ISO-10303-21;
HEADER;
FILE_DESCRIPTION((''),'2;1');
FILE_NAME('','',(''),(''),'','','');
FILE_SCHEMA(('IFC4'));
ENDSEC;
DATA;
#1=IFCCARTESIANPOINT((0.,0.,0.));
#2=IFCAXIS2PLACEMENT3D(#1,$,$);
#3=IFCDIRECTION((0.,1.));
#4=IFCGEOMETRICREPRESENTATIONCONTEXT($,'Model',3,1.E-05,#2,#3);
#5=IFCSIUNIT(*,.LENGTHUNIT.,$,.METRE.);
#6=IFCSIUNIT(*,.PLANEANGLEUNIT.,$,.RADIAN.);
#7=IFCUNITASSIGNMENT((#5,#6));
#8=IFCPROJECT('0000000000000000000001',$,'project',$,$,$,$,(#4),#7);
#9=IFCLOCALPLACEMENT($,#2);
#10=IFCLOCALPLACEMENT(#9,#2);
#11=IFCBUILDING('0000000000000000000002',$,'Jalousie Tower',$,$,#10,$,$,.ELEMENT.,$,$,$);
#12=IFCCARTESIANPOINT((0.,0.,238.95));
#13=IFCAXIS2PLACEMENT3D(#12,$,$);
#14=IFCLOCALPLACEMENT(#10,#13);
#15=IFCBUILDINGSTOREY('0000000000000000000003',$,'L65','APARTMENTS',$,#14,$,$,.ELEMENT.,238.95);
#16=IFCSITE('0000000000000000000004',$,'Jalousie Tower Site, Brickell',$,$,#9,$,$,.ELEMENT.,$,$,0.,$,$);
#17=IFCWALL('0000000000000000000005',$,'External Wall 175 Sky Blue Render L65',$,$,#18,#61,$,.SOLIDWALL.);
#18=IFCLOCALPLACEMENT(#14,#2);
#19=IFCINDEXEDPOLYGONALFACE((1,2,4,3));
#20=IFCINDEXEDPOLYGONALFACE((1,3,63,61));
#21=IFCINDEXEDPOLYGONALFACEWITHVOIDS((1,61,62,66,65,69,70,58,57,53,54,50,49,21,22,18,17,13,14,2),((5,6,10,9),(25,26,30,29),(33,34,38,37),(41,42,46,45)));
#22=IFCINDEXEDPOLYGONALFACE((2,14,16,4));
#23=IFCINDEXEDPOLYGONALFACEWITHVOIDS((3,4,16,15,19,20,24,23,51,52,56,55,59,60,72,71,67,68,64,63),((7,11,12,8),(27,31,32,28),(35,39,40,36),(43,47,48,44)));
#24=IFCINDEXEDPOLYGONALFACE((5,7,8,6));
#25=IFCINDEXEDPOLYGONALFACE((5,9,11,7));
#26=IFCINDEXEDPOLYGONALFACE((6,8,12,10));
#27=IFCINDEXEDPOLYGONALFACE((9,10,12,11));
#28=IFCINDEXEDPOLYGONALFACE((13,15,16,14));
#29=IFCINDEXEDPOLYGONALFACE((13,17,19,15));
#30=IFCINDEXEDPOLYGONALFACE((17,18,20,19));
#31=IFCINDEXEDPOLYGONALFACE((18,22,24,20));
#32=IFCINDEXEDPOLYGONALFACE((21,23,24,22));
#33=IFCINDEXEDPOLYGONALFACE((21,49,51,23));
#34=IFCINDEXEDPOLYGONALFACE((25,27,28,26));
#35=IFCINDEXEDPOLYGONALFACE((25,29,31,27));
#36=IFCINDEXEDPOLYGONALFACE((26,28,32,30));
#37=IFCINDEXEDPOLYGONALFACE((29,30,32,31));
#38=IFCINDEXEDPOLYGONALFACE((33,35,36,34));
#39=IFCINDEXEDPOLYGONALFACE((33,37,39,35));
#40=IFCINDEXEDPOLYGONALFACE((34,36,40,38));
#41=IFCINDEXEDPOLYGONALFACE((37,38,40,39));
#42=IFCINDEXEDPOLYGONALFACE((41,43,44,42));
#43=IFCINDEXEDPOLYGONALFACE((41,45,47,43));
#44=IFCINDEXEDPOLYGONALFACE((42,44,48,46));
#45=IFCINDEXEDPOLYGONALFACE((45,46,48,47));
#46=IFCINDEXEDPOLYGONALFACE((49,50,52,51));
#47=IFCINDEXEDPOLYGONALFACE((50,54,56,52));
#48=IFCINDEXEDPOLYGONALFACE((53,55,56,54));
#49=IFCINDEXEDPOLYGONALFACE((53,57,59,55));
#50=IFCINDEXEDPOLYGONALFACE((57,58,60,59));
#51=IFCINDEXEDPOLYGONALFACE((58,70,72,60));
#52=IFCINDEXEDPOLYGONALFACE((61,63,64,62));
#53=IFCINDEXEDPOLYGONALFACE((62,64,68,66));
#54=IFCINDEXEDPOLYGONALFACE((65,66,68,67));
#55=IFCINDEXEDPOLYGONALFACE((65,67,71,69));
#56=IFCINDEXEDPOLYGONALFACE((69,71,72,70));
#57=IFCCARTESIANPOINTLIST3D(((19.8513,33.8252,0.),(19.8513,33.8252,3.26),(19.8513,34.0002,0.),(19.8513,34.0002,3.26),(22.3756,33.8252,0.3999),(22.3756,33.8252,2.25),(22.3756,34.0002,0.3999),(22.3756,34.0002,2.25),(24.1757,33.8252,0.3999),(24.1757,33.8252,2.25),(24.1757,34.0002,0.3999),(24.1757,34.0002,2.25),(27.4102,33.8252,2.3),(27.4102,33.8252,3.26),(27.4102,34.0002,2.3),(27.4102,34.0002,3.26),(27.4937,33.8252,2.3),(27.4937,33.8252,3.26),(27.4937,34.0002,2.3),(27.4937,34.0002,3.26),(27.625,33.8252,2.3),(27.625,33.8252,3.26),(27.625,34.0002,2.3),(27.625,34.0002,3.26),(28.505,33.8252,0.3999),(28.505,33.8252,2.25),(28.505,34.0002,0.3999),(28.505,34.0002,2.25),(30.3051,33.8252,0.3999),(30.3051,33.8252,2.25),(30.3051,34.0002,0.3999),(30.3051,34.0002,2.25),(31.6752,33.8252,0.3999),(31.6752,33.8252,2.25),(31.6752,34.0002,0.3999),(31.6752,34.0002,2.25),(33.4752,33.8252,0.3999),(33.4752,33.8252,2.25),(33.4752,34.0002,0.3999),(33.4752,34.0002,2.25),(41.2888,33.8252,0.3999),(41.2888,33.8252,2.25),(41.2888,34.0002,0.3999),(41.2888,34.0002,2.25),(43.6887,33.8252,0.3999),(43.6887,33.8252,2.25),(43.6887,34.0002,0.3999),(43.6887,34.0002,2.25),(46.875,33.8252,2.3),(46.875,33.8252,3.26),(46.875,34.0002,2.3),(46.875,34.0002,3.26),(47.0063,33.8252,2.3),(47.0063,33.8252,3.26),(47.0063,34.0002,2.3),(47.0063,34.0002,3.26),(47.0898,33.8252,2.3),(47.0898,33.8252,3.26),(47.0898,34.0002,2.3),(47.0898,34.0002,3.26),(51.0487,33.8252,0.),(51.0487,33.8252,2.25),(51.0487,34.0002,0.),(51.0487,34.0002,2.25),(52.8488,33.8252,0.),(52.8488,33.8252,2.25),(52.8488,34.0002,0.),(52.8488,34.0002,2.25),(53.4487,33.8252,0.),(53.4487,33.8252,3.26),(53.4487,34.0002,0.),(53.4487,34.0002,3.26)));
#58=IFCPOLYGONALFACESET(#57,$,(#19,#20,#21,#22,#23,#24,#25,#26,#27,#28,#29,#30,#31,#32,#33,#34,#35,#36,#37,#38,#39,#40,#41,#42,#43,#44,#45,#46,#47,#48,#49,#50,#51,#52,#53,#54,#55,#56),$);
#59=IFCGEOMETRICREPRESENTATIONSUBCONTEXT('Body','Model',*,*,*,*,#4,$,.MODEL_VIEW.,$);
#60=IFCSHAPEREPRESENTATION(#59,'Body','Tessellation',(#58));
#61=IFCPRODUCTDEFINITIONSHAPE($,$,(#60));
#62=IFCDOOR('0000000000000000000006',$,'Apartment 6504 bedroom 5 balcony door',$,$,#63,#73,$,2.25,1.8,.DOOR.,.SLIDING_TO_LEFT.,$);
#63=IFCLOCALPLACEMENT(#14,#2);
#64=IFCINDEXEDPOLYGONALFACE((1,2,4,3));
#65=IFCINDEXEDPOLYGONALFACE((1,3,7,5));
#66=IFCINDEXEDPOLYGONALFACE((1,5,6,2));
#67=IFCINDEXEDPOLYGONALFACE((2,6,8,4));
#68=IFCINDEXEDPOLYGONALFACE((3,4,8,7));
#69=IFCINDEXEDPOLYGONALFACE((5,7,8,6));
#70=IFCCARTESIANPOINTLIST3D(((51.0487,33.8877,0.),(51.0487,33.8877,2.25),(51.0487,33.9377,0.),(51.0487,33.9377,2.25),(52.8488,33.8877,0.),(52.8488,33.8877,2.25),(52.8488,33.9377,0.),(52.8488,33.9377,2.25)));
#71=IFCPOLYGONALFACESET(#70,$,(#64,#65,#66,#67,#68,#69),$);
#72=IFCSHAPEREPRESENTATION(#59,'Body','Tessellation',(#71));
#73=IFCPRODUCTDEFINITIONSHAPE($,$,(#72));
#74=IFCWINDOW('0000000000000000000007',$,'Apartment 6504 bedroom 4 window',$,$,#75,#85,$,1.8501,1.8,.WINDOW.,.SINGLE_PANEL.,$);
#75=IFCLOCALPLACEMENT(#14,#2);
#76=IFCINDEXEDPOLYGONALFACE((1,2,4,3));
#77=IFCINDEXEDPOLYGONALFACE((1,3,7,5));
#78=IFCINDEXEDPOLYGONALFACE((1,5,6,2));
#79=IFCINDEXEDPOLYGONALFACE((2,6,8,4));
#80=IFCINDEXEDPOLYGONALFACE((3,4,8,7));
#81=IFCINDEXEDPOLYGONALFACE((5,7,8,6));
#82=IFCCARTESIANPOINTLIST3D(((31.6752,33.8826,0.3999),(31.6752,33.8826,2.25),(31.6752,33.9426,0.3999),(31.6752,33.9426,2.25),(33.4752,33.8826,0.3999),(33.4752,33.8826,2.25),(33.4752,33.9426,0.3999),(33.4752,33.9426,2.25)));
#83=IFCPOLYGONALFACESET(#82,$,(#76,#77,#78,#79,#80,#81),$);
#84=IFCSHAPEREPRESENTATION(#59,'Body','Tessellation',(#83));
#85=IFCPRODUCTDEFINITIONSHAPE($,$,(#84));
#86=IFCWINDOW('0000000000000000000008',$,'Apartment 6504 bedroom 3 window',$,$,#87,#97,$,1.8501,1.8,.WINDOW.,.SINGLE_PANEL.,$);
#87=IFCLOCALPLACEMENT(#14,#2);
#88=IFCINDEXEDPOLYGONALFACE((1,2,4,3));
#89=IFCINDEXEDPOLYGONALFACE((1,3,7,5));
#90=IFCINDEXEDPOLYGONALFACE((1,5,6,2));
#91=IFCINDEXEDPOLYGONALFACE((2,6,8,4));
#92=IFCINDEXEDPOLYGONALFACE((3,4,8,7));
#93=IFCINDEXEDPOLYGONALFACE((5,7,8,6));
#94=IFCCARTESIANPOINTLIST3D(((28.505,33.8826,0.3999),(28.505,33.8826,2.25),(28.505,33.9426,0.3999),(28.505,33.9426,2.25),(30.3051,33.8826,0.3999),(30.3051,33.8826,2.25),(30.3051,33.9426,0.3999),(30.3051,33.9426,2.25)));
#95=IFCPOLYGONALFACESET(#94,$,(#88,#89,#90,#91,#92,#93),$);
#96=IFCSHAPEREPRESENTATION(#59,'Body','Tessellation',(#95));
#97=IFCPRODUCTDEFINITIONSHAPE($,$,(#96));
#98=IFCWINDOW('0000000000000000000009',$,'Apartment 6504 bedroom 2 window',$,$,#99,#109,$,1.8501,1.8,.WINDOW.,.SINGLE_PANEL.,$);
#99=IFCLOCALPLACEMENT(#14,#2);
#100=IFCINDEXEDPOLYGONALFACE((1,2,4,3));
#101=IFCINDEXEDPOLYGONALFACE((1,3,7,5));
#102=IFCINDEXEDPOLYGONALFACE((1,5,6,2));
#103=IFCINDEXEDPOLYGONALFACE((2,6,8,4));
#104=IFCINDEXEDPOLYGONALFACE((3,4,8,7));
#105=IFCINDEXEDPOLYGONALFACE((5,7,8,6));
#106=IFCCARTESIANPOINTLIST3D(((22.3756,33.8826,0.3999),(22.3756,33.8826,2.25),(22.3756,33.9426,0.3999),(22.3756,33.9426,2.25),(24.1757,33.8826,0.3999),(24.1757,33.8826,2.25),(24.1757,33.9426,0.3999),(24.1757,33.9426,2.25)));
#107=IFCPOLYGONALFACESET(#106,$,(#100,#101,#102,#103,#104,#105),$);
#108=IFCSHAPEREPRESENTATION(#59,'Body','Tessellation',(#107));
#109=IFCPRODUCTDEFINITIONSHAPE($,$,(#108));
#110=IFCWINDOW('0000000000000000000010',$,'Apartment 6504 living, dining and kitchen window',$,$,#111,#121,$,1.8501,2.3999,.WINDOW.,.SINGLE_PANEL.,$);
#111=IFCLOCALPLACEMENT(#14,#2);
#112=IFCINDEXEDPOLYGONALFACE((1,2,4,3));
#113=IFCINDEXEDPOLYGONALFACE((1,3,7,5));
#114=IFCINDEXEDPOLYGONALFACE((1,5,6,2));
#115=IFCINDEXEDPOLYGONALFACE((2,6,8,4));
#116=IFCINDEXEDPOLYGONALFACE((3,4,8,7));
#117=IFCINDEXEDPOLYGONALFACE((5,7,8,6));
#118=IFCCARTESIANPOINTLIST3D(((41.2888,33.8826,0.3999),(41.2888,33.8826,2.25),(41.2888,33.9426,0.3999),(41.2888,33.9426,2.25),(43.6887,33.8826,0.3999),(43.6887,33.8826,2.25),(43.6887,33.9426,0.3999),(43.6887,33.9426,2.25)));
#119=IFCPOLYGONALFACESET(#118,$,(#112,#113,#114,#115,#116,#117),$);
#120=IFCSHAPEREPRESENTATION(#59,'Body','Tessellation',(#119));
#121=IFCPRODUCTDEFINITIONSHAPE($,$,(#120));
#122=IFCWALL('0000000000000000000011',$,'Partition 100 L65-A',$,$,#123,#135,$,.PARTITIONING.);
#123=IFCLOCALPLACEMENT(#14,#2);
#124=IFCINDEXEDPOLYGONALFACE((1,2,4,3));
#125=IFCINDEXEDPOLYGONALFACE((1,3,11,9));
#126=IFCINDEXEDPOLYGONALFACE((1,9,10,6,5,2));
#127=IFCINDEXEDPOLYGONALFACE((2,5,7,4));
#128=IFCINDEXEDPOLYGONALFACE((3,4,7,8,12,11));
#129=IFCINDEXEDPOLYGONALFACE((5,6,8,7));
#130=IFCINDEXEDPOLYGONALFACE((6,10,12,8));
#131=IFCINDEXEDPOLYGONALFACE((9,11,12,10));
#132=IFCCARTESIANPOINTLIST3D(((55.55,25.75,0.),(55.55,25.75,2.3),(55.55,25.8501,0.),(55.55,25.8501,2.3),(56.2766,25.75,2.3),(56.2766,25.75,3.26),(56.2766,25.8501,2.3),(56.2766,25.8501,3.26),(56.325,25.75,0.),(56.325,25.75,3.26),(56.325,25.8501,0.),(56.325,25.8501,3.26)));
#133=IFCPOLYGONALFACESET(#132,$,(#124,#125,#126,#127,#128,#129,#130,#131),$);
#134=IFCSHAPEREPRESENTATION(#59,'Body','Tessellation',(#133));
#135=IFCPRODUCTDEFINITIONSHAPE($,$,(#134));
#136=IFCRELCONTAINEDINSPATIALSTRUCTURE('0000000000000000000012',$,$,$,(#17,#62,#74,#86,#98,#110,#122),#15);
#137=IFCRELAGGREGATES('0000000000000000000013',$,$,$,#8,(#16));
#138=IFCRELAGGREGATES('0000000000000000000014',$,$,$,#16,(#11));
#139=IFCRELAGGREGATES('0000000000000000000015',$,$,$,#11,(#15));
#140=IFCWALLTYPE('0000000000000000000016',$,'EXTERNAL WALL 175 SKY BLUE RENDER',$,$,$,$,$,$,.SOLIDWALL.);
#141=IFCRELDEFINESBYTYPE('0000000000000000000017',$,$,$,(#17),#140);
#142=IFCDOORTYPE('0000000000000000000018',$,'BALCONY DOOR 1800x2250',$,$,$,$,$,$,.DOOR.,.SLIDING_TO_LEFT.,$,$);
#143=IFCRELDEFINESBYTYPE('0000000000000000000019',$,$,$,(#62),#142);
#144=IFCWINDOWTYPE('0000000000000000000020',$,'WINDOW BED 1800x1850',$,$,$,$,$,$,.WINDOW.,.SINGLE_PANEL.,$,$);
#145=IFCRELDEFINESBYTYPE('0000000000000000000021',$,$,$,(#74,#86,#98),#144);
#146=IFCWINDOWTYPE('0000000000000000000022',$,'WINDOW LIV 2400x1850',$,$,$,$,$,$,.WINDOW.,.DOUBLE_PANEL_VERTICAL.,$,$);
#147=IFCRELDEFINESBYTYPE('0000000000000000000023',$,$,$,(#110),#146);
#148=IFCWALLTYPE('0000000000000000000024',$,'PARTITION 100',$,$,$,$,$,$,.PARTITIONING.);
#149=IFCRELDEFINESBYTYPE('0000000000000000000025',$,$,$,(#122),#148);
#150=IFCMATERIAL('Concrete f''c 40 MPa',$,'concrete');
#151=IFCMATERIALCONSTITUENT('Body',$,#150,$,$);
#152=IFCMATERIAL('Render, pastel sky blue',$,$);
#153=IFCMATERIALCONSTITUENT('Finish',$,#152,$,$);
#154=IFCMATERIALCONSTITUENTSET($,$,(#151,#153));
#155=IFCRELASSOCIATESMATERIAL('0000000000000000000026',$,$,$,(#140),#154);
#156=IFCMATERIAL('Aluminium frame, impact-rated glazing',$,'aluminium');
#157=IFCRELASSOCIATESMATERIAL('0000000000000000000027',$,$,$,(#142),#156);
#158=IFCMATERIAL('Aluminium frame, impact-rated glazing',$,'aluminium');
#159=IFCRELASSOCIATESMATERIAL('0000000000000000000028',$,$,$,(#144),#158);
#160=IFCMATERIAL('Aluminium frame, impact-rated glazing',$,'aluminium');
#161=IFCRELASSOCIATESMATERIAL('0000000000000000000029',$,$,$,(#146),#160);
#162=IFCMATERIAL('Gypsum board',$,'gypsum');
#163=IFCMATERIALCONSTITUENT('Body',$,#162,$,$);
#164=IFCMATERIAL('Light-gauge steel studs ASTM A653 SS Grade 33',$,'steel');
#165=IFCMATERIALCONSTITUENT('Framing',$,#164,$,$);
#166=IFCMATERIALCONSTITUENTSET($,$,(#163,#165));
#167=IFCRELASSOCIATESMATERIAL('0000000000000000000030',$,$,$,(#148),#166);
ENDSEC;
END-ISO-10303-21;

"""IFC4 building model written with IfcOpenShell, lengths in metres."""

from ifc_helpers import new_model, si_unit, direction, frame, frame_2d, origin, place, context, subcontext, project, spatial, polyline, rectangle, outline, extrude, material, constituent, constituent_set, type_object, element, fill, save


model = new_model("IFC4")

# Units and contexts
model_context = context("Model", 3, precision=1e-05, world=origin(), true_north=direction((0.0, 1.0)))
body_context = subcontext(model_context, "Body", "Model", "MODEL_VIEW")
ifc_project = project(units=[si_unit("LENGTHUNIT", "METRE"), si_unit("PLANEANGLEUNIT", "RADIAN")], contexts=[model_context])

# Site, building, storey
site_placement = place(None, origin())
site = spatial("IfcSite", under=ifc_project, at=site_placement, Name="Jalousie Tower Site, Brickell", CompositionType="ELEMENT", RefElevation=0.0)
building_placement = place(site_placement, origin())
building = spatial("IfcBuilding", under=site, at=building_placement, Name="Jalousie Tower", CompositionType="ELEMENT")
storey_placement = place(building_placement, frame((0.0, 0.0, 238.95)))
storey = spatial("IfcBuildingStorey", under=building, at=storey_placement, Name="L65", Description="APARTMENTS", CompositionType="ELEMENT", Elevation=238.95)

# Wall, openings, door, windows
ifc_material_1 = material(Name="Concrete f'c 40 MPa", Category="concrete")
ifc_constituent_1 = constituent(ifc_material_1, Name="Body")
ifc_material_2 = material(Name="Render, pastel sky blue")
ifc_constituent_2 = constituent(ifc_material_2, Name="Finish")
ifc_constituent_set_1 = constituent_set(constituents=[ifc_constituent_1, ifc_constituent_2])
wall_type_1 = type_object("IfcWallType", Name="EXTERNAL WALL 175 SKY BLUE RENDER", PredefinedType="SOLIDWALL", material=ifc_constituent_set_1)
wall_1_placement = place(storey_placement, frame((53.4487, 33.9126, 0.0), z_axis=(0.0, 0.0, 1.0), x_axis=(-1.0, 0.0, 0.0)))
wall_1 = element("IfcWall", 1, at=wall_1_placement, inside=storey, type_object=wall_type_1, Name="External Wall 175 Sky Blue Render L65", PredefinedType="SOLIDWALL", context=body_context, shape_type="SweptSolid", body=[
    extrude(outline(polyline([(0.0, 0.0), (33.5974, 0.0), (33.5974, 3.26), (26.0386, 3.26), (26.0386, 2.3), (25.9551, 2.3), (25.9551, 3.26), (25.8237, 3.26), (25.8237, 2.3), (6.5737, 2.3), (6.5737, 3.26), (6.4424, 3.26), (6.4424, 2.3), (6.3589, 2.3), (6.3589, 3.26), (0.0, 3.26), (0.0, 0.0)])), frame((0.0, 0.0874, 0.0), z_axis=(0.0, -1.0, 0.0), x_axis=(1.0, 0.0, 0.0)), (0.0, 0.0, 1.0), 0.175),
])
opening_1_placement = place(wall_1_placement, frame((0.6001, 0.0, 0.0)))
opening_1 = element("IfcOpeningElement", 2, at=opening_1_placement, cuts=wall_1, PredefinedType="OPENING", context=body_context, shape_type="SweptSolid", body=[
    extrude(rectangle(XDim=1.8, YDim=2.25, at=frame_2d((0.8999, 1.125))), frame((0.0, 0.0974, 0.0), z_axis=(0.0, -1.0, 0.0), x_axis=(1.0, 0.0, 0.0)), (0.0, 0.0, 1.0), 0.1951),
])
opening_2_placement = place(wall_1_placement, frame((9.76, 0.0, 0.3999)))
opening_2 = element("IfcOpeningElement", 3, at=opening_2_placement, cuts=wall_1, PredefinedType="OPENING", context=body_context, shape_type="SweptSolid", body=[
    extrude(rectangle(XDim=2.3999, YDim=1.8501, at=frame_2d((1.2, 0.925))), frame((0.0, 0.0974, 0.0), z_axis=(0.0, -1.0, 0.0), x_axis=(1.0, 0.0, 0.0)), (0.0, 0.0, 1.0), 0.1951),
])
opening_3_placement = place(wall_1_placement, frame((19.9736, 0.0, 0.3999)))
opening_3 = element("IfcOpeningElement", 4, at=opening_3_placement, cuts=wall_1, PredefinedType="OPENING", context=body_context, shape_type="SweptSolid", body=[
    extrude(rectangle(XDim=1.8, YDim=1.8501, at=frame_2d((0.8999, 0.925))), frame((0.0, 0.0974, 0.0), z_axis=(0.0, -1.0, 0.0), x_axis=(1.0, 0.0, 0.0)), (0.0, 0.0, 1.0), 0.1951),
])
opening_4_placement = place(wall_1_placement, frame((23.1438, 0.0, 0.3999)))
opening_4 = element("IfcOpeningElement", 5, at=opening_4_placement, cuts=wall_1, PredefinedType="OPENING", context=body_context, shape_type="SweptSolid", body=[
    extrude(rectangle(XDim=1.8, YDim=1.8501, at=frame_2d((0.8999, 0.925))), frame((0.0, 0.0974, 0.0), z_axis=(0.0, -1.0, 0.0), x_axis=(1.0, 0.0, 0.0)), (0.0, 0.0, 1.0), 0.1951),
])
opening_5_placement = place(wall_1_placement, frame((29.2732, 0.0, 0.3999)))
opening_5 = element("IfcOpeningElement", 6, at=opening_5_placement, cuts=wall_1, PredefinedType="OPENING", context=body_context, shape_type="SweptSolid", body=[
    extrude(rectangle(XDim=1.8, YDim=1.8501, at=frame_2d((0.8999, 0.925))), frame((0.0, 0.0974, 0.0), z_axis=(0.0, -1.0, 0.0), x_axis=(1.0, 0.0, 0.0)), (0.0, 0.0, 1.0), 0.1951),
])
ifc_material_3 = material(Name="Aluminium frame, impact-rated glazing", Category="aluminium")
door_type_1 = type_object("IfcDoorType", Name="BALCONY DOOR 1800x2250", OperationType="SLIDING_TO_LEFT", PredefinedType="DOOR", material=ifc_material_3)
door_1_placement = place(opening_1_placement, origin())
door_1 = element("IfcDoor", 7, at=door_1_placement, inside=storey, type_object=door_type_1, Name="Apartment 6504 bedroom 5 balcony door", OperationType="SLIDING_TO_LEFT", OverallHeight=2.25, OverallWidth=1.8, PredefinedType="DOOR", context=body_context, shape_type="SweptSolid", body=[
    extrude(rectangle(XDim=1.8, YDim=2.25, at=frame_2d((0.8999, 1.125))), frame((0.0, 0.0249, 0.0), z_axis=(0.0, -1.0, 0.0), x_axis=(1.0, 0.0, 0.0)), (0.0, 0.0, 1.0), 0.05),
])
fill(opening_1, door_1)
ifc_material_4 = material(Name="Aluminium frame, impact-rated glazing", Category="aluminium")
window_type_1 = type_object("IfcWindowType", Name="WINDOW BED 1800x1850", PartitioningType="SINGLE_PANEL", PredefinedType="WINDOW", material=ifc_material_4)
window_1_placement = place(opening_3_placement, origin())
window_1 = element("IfcWindow", 8, at=window_1_placement, inside=storey, type_object=window_type_1, Name="Apartment 6504 bedroom 4 window", OverallHeight=1.8501, OverallWidth=1.8, PartitioningType="SINGLE_PANEL", PredefinedType="WINDOW", context=body_context, shape_type="SweptSolid", body=[
    extrude(rectangle(XDim=1.8, YDim=1.8501, at=frame_2d((0.8999, 0.925))), frame((0.0, 0.03, 0.0), z_axis=(0.0, -1.0, 0.0), x_axis=(1.0, 0.0, 0.0)), (0.0, 0.0, 1.0), 0.0601),
])
fill(opening_3, window_1)
window_2_placement = place(opening_4_placement, origin())
window_2 = element("IfcWindow", 9, at=window_2_placement, inside=storey, type_object=window_type_1, Name="Apartment 6504 bedroom 3 window", OverallHeight=1.8501, OverallWidth=1.8, PartitioningType="SINGLE_PANEL", PredefinedType="WINDOW", context=body_context, shape_type="SweptSolid", body=[
    extrude(rectangle(XDim=1.8, YDim=1.8501, at=frame_2d((0.8999, 0.925))), frame((0.0, 0.03, 0.0), z_axis=(0.0, -1.0, 0.0), x_axis=(1.0, 0.0, 0.0)), (0.0, 0.0, 1.0), 0.0601),
])
fill(opening_4, window_2)
window_3_placement = place(opening_5_placement, origin())
window_3 = element("IfcWindow", 10, at=window_3_placement, inside=storey, type_object=window_type_1, Name="Apartment 6504 bedroom 2 window", OverallHeight=1.8501, OverallWidth=1.8, PartitioningType="SINGLE_PANEL", PredefinedType="WINDOW", context=body_context, shape_type="SweptSolid", body=[
    extrude(rectangle(XDim=1.8, YDim=1.8501, at=frame_2d((0.8999, 0.925))), frame((0.0, 0.03, 0.0), z_axis=(0.0, -1.0, 0.0), x_axis=(1.0, 0.0, 0.0)), (0.0, 0.0, 1.0), 0.0601),
])
fill(opening_5, window_3)
ifc_material_5 = material(Name="Aluminium frame, impact-rated glazing", Category="aluminium")
window_type_2 = type_object("IfcWindowType", Name="WINDOW LIV 2400x1850", PartitioningType="DOUBLE_PANEL_VERTICAL", PredefinedType="WINDOW", material=ifc_material_5)
window_4_placement = place(opening_2_placement, origin())
window_4 = element("IfcWindow", 11, at=window_4_placement, inside=storey, type_object=window_type_2, Name="Apartment 6504 living, dining and kitchen window", OverallHeight=1.8501, OverallWidth=2.3999, PartitioningType="SINGLE_PANEL", PredefinedType="WINDOW", context=body_context, shape_type="SweptSolid", body=[
    extrude(rectangle(XDim=2.3999, YDim=1.8501, at=frame_2d((1.2, 0.925))), frame((0.0, 0.03, 0.0), z_axis=(0.0, -1.0, 0.0), x_axis=(1.0, 0.0, 0.0)), (0.0, 0.0, 1.0), 0.0601),
])
fill(opening_2, window_4)

# Wall
ifc_material_6 = material(Name="Gypsum board", Category="gypsum")
ifc_constituent_3 = constituent(ifc_material_6, Name="Body")
ifc_material_7 = material(Name="Light-gauge steel studs ASTM A653 SS Grade 33", Category="steel")
ifc_constituent_4 = constituent(ifc_material_7, Name="Framing")
ifc_constituent_set_2 = constituent_set(constituents=[ifc_constituent_3, ifc_constituent_4])
wall_type_2 = type_object("IfcWallType", Name="PARTITION 100", PredefinedType="PARTITIONING", material=ifc_constituent_set_2)
wall_2_placement = place(storey_placement, frame((56.325, 25.8, 0.0), z_axis=(0.0, 0.0, 1.0), x_axis=(-1.0, 0.0, 0.0)))
element("IfcWall", 12, at=wall_2_placement, inside=storey, type_object=wall_type_2, Name="Partition 100 L65-A", PredefinedType="PARTITIONING", context=body_context, shape_type="SweptSolid", body=[
    extrude(outline(polyline([(0.0, 0.0), (0.7749, 0.0), (0.7749, 2.3), (0.0483, 2.3), (0.0483, 3.26), (0.0, 3.26), (0.0, 0.0)])), frame((0.0, 0.05, 0.0), z_axis=(0.0, -1.0, 0.0), x_axis=(1.0, 0.0, 0.0)), (0.0, 0.0, 1.0), 0.1001),
])

save(model, "model.ifc")
